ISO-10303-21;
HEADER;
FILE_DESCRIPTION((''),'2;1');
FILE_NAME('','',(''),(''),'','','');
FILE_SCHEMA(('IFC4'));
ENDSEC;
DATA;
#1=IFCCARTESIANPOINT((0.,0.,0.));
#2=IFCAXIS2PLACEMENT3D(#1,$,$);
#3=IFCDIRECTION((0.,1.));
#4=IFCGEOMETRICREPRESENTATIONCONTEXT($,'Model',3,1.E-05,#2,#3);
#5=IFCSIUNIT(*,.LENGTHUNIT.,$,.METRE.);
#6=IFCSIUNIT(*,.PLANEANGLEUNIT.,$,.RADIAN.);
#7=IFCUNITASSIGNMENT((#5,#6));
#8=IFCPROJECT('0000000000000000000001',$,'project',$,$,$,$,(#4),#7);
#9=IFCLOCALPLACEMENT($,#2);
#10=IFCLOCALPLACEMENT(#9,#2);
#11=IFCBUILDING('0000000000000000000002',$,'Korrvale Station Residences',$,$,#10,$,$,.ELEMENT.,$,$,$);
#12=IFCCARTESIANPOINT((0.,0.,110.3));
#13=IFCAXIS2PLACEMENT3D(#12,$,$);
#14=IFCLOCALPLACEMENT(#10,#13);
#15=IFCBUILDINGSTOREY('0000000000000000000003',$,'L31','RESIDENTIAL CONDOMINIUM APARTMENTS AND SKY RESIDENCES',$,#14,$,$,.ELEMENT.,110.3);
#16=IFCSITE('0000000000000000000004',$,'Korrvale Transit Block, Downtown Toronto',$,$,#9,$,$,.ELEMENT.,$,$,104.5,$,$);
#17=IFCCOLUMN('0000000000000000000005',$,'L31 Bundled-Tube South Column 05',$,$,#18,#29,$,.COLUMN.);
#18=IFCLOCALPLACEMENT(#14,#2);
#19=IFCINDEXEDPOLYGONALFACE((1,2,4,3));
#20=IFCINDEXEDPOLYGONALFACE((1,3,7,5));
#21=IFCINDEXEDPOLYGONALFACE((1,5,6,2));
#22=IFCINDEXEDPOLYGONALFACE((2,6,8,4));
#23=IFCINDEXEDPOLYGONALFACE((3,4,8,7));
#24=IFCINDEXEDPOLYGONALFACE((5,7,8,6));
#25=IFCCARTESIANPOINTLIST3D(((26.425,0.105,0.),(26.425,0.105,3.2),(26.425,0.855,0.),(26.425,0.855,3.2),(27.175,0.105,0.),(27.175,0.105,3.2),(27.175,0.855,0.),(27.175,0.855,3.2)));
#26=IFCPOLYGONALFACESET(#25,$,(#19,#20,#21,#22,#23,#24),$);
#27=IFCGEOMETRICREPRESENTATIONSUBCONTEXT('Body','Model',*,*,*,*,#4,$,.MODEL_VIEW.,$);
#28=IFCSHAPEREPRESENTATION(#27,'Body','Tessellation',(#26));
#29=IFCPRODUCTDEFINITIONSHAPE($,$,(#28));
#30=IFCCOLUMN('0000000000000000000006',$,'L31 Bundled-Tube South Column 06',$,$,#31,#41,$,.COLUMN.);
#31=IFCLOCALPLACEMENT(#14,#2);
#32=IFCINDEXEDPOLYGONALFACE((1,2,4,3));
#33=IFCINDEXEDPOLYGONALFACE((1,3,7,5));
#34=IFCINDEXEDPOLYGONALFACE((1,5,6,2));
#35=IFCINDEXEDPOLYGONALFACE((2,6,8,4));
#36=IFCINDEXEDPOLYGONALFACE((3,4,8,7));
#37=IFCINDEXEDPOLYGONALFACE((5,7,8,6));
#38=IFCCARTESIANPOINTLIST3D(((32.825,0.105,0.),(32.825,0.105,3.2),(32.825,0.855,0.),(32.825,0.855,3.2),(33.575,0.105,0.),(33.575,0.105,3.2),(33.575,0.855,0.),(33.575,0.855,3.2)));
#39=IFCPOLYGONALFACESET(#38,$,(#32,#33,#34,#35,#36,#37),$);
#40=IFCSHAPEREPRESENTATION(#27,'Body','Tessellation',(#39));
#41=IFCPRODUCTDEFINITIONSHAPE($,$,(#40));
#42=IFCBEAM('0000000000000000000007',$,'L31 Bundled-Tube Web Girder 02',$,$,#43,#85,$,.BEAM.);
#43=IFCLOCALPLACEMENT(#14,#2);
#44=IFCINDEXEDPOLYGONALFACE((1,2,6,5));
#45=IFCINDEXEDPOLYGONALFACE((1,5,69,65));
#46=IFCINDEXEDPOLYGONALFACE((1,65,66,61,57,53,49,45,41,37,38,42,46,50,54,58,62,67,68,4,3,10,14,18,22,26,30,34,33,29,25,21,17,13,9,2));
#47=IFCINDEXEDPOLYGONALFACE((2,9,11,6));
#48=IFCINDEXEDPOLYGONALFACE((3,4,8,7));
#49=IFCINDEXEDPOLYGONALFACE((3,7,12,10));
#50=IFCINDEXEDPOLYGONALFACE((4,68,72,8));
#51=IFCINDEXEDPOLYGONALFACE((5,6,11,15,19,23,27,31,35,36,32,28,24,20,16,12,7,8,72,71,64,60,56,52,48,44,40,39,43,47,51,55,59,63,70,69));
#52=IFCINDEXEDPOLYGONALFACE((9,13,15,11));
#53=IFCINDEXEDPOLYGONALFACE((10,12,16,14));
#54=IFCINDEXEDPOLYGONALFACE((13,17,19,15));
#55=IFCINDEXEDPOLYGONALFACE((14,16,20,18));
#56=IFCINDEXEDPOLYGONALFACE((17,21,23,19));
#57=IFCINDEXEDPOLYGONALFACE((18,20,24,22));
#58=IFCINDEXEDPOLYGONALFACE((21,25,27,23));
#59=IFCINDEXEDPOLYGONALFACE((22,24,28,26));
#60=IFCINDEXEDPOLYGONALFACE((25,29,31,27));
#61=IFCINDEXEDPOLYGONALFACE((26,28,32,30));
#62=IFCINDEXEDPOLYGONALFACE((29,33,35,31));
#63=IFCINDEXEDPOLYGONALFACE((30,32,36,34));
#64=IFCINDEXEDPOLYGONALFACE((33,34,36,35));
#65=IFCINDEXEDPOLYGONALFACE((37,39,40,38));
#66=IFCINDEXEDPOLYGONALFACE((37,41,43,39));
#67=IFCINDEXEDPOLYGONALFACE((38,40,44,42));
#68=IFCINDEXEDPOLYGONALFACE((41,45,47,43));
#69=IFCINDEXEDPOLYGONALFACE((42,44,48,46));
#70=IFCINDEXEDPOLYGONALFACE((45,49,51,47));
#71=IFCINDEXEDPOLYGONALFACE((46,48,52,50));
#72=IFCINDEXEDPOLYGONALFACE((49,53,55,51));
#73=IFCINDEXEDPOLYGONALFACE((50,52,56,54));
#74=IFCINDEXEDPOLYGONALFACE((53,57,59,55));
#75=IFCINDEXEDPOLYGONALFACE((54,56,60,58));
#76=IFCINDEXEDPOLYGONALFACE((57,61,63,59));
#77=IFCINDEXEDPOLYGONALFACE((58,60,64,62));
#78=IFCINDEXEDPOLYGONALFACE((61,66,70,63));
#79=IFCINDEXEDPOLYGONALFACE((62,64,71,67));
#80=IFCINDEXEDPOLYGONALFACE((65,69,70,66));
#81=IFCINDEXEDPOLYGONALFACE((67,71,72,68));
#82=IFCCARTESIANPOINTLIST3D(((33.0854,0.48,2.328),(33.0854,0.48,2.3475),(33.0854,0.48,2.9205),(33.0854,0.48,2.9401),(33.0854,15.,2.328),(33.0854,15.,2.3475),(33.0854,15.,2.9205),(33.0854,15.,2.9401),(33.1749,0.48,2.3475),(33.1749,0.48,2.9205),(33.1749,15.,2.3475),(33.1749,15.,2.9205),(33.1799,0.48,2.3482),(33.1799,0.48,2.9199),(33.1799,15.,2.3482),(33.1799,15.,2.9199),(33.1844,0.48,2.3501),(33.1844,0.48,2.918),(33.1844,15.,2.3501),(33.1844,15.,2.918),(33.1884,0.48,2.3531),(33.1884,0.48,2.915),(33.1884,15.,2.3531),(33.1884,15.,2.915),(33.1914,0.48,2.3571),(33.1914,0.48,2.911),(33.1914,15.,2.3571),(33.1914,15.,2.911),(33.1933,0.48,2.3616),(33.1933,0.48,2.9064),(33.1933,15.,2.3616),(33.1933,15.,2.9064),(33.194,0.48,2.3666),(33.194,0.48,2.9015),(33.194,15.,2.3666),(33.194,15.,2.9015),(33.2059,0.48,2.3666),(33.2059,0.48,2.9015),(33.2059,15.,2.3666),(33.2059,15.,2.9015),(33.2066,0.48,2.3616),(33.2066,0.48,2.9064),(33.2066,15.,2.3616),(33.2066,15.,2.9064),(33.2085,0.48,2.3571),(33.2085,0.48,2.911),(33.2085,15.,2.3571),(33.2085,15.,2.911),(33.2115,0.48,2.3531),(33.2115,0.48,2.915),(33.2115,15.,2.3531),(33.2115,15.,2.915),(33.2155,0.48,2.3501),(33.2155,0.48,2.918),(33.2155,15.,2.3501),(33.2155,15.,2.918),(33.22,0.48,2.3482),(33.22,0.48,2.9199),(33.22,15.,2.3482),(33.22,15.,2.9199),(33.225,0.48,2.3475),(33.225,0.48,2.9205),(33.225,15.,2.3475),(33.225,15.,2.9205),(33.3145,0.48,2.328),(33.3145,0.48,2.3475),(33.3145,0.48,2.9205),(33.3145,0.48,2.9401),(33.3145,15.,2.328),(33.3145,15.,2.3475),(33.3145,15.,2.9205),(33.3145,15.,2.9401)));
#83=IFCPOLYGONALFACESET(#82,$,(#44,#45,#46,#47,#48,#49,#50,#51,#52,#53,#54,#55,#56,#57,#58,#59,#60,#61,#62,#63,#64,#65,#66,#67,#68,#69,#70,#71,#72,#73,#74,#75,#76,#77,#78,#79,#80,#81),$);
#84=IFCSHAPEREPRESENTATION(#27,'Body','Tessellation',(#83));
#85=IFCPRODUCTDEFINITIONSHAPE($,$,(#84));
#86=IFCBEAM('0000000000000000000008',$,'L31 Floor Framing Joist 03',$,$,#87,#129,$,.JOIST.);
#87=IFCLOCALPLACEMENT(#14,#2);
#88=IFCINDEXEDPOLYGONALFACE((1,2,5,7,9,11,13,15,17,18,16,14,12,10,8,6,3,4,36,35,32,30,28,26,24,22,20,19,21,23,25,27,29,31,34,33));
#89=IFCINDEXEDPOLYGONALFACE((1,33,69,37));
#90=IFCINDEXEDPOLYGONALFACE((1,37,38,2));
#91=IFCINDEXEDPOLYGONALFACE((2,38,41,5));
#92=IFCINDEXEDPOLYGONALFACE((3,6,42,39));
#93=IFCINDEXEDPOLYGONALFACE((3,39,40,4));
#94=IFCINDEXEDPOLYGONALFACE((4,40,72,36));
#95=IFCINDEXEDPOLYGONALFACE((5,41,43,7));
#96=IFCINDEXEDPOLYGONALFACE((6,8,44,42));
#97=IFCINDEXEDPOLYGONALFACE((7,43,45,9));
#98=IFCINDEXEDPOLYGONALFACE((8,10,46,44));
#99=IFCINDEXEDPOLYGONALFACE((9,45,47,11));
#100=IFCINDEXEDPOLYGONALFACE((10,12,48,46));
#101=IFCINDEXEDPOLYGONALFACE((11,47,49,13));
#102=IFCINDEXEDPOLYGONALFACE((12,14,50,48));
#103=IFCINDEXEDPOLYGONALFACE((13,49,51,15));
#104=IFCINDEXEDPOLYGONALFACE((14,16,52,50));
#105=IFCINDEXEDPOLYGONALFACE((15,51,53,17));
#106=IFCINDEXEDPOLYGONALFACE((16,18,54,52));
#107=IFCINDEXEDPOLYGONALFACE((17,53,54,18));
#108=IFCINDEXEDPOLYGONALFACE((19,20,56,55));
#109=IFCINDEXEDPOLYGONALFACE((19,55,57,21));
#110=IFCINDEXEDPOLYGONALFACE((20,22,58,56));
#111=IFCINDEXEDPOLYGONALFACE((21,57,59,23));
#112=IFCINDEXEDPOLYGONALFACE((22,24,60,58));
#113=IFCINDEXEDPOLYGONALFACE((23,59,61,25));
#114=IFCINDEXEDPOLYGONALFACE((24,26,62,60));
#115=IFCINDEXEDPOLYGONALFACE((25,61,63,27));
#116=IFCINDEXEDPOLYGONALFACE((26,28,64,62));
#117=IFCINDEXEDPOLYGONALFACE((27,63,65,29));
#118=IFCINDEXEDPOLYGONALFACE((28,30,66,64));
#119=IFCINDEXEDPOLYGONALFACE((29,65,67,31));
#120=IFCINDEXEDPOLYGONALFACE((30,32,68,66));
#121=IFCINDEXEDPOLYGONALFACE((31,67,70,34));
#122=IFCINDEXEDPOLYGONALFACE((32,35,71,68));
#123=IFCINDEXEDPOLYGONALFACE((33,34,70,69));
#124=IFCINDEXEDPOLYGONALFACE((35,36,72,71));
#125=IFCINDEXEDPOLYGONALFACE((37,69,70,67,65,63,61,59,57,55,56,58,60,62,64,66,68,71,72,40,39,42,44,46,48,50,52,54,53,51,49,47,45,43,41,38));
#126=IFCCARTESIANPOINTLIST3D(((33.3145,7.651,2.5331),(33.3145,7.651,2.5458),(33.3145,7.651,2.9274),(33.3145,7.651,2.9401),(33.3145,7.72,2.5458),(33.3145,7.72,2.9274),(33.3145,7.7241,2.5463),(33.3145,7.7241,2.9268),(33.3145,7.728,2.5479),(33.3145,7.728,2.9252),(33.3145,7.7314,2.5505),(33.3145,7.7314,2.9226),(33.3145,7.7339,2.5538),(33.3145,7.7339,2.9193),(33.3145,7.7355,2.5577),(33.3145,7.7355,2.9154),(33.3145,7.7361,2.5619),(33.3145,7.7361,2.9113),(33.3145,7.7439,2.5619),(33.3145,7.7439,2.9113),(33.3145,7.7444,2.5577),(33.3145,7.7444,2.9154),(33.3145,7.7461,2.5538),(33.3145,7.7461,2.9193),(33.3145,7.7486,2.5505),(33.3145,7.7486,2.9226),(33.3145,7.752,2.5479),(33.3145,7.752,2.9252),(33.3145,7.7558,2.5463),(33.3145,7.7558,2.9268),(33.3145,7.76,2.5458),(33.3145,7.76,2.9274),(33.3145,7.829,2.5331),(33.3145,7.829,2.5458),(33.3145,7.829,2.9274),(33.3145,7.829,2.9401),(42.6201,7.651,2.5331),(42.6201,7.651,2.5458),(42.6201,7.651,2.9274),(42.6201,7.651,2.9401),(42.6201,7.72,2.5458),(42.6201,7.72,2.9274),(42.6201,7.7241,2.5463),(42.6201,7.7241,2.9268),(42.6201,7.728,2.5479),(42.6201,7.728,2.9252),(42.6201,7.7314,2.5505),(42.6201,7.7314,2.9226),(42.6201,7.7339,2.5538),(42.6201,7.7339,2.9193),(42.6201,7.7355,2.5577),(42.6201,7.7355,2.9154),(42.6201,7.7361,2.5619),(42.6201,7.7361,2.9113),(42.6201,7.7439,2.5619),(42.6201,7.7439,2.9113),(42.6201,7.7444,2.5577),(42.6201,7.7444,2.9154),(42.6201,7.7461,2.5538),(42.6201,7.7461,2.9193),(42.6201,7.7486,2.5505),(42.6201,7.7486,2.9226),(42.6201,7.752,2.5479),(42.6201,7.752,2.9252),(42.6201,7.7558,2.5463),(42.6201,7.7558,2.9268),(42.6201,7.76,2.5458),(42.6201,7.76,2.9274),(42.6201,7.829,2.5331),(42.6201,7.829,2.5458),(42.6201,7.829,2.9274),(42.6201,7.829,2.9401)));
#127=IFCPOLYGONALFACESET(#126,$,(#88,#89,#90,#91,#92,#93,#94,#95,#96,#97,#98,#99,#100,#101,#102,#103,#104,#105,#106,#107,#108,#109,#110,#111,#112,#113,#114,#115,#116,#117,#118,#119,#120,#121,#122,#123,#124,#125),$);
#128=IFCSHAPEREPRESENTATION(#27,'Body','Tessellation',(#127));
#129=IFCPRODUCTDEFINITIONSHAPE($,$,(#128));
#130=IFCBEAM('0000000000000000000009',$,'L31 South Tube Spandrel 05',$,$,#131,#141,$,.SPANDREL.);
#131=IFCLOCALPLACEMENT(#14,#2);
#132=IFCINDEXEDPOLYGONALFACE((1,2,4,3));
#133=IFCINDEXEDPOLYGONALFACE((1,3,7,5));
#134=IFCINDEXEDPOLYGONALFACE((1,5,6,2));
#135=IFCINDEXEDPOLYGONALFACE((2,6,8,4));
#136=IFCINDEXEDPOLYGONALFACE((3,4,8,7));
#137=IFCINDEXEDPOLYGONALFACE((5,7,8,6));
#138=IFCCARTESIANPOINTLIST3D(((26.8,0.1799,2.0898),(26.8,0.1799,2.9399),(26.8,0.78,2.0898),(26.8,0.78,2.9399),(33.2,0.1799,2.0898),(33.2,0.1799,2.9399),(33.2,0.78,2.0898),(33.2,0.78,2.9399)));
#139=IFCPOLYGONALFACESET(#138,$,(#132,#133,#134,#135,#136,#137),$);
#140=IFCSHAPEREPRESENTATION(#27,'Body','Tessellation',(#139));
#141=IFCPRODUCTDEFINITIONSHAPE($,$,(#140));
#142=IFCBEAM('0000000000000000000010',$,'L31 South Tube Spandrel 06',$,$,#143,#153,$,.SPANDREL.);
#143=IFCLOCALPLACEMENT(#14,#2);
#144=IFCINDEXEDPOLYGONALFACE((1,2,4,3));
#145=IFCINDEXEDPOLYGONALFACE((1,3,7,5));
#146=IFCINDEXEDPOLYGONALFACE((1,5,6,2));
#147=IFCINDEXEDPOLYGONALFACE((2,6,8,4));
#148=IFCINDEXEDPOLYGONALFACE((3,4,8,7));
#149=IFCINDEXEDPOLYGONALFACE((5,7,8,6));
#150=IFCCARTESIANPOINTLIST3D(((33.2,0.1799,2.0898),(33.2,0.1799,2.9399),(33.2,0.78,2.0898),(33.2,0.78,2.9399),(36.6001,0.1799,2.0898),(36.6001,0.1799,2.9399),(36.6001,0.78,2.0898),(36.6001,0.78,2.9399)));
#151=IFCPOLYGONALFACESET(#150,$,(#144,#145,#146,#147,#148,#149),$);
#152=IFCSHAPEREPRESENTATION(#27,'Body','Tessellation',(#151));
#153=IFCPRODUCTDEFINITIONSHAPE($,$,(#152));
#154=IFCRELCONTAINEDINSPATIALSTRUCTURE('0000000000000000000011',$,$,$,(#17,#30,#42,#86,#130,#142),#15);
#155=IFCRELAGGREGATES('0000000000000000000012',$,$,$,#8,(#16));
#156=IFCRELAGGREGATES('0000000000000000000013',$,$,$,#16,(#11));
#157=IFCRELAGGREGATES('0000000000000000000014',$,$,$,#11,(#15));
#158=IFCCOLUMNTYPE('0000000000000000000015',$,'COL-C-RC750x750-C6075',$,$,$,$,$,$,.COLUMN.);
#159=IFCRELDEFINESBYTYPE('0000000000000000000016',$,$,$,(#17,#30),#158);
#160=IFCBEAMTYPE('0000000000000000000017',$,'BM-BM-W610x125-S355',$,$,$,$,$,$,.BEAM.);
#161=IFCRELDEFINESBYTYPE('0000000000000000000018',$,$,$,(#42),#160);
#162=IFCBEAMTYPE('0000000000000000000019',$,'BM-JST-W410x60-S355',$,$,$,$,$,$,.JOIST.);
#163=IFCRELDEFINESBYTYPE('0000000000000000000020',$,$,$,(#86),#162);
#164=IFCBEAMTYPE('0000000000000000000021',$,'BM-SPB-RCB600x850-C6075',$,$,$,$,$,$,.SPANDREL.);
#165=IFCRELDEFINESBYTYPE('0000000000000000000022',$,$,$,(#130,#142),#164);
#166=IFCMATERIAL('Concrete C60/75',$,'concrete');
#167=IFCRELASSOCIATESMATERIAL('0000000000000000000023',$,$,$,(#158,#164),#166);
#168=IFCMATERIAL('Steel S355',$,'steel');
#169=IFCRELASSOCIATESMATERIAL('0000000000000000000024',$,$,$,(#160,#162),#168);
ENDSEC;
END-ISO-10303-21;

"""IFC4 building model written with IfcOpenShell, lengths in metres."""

from ifc_helpers import new_model, si_unit, direction, frame, origin, origin_2d, place, context, subcontext, project, spatial, rectangle, i_section, extrude, material, material_profile, profile_set, type_object, element, save


model = new_model("IFC4")

# Units and contexts
model_context = context("Model", 3, precision=1e-05, world=origin(), true_north=direction((0.0, 1.0)))
body_context = subcontext(model_context, "Body", "Model", "MODEL_VIEW")
ifc_project = project(units=[si_unit("LENGTHUNIT", "METRE"), si_unit("PLANEANGLEUNIT", "RADIAN")], contexts=[model_context])

# Site, building, storey
site_placement = place(None, origin())
site = spatial("IfcSite", under=ifc_project, at=site_placement, Name="Korrvale Transit Block, Downtown Toronto", CompositionType="ELEMENT", RefElevation=104.5)
building_placement = place(site_placement, origin())
building = spatial("IfcBuilding", under=site, at=building_placement, Name="Korrvale Station Residences", CompositionType="ELEMENT")
storey_placement = place(building_placement, frame((0.0, 0.0, 110.3)))
storey = spatial("IfcBuildingStorey", under=building, at=storey_placement, Name="L31", Description="RESIDENTIAL CONDOMINIUM APARTMENTS AND SKY RESIDENCES", CompositionType="ELEMENT", Elevation=110.3)

# Columns
ifc_material_1 = material(Name="Concrete C60/75", Category="concrete")
ifc_material_profile_1 = material_profile(ifc_material_1, rectangle(XDim=0.75, YDim=0.75, at=origin_2d()), Name="RC750x750")
ifc_profile_set_1 = profile_set([ifc_material_profile_1], Name="Concrete C60/75")
column_type = type_object("IfcColumnType", Name="COL-C-RC750x750-C6075", PredefinedType="COLUMN", material=ifc_profile_set_1)
for number, where, z_axis, x_axis, name in (
    (1, (26.8, 0.48, 0.0), (0.0, 0.0, 1.0), (1.0, 0.0, 0.0), "L31 Bundled-Tube South Column 05"),
    (2, (33.2, 0.48, 0.0), (0.0, 0.0, 1.0), (1.0, 0.0, 0.0), "L31 Bundled-Tube South Column 06"),
):
    element("IfcColumn", number, at=place(storey_placement, frame(where, z_axis=z_axis, x_axis=x_axis)), inside=storey, type_object=column_type, Name=name, PredefinedType="COLUMN", context=body_context, shape_type="SweptSolid", body=[
        extrude(rectangle(XDim=0.75, YDim=0.75, at=origin_2d()), origin(), (0.0, 0.0, 1.0), 3.2),
    ])

# Beams
ifc_material_2 = material(Name="Steel S355", Category="steel")
ifc_material_profile_2 = material_profile(ifc_material_2, i_section(OverallWidth=0.229, OverallDepth=0.6121, WebThickness=0.012, FlangeThickness=0.0195, FilletRadius=0.019, at=origin_2d()), Name="W610x125")
ifc_profile_set_2 = profile_set([ifc_material_profile_2], Name="Steel S355")
beam_type_1 = type_object("IfcBeamType", Name="BM-BM-W610x125-S355", PredefinedType="BEAM", material=ifc_profile_set_2)
beam_1_placement = place(storey_placement, frame((33.2, 0.48, 2.634), z_axis=(0.0, 1.0, 0.0), x_axis=(-1.0, 0.0, 0.0)))
element("IfcBeam", 3, at=beam_1_placement, inside=storey, type_object=beam_type_1, Name="L31 Bundled-Tube Web Girder 02", PredefinedType="BEAM", context=body_context, shape_type="SweptSolid", body=[
    extrude(i_section(OverallWidth=0.229, OverallDepth=0.6121, WebThickness=0.012, FlangeThickness=0.0195, FilletRadius=0.019, at=origin_2d()), origin(), (0.0, 0.0, 1.0), 14.52),
])
ifc_material_profile_3 = material_profile(ifc_material_2, i_section(OverallWidth=0.178, OverallDepth=0.407, WebThickness=0.0078, FlangeThickness=0.0127, FilletRadius=0.0161, at=origin_2d()), Name="W410x60")
ifc_profile_set_3 = profile_set([ifc_material_profile_3], Name="Steel S355")
beam_type_2 = type_object("IfcBeamType", Name="BM-JST-W410x60-S355", PredefinedType="JOIST", material=ifc_profile_set_3)
beam_2_placement = place(storey_placement, frame((33.3145, 7.74, 2.7366), z_axis=(1.0, 0.0, 0.0), x_axis=(0.0, 1.0, 0.0)))
element("IfcBeam", 4, at=beam_2_placement, inside=storey, type_object=beam_type_2, Name="L31 Floor Framing Joist 03", PredefinedType="JOIST", context=body_context, shape_type="SweptSolid", body=[
    extrude(i_section(OverallWidth=0.178, OverallDepth=0.407, WebThickness=0.0078, FlangeThickness=0.0127, FilletRadius=0.0161, at=origin_2d()), origin(), (0.0, 0.0, 1.0), 9.3057),
])
ifc_material_profile_4 = material_profile(ifc_material_1, rectangle(XDim=0.6001, YDim=0.8501, at=origin_2d()), Name="RCB600x850")
ifc_profile_set_4 = profile_set([ifc_material_profile_4], Name="Concrete C60/75")
beam_type_3 = type_object("IfcBeamType", Name="BM-SPB-RCB600x850-C6075", PredefinedType="SPANDREL", material=ifc_profile_set_4)
beam_3_placement = place(storey_placement, frame((26.8, 0.48, 2.5149), z_axis=(1.0, 0.0, 0.0), x_axis=(0.0, 1.0, 0.0)))
element("IfcBeam", 5, at=beam_3_placement, inside=storey, type_object=beam_type_3, Name="L31 South Tube Spandrel 05", PredefinedType="SPANDREL", context=body_context, shape_type="SweptSolid", body=[
    extrude(rectangle(XDim=0.6001, YDim=0.8501, at=origin_2d()), origin(), (0.0, 0.0, 1.0), 6.3999),
])
beam_4_placement = place(storey_placement, frame((33.2, 0.48, 2.5149), z_axis=(1.0, 0.0, 0.0), x_axis=(0.0, 1.0, 0.0)))
element("IfcBeam", 6, at=beam_4_placement, inside=storey, type_object=beam_type_3, Name="L31 South Tube Spandrel 06", PredefinedType="SPANDREL", context=body_context, shape_type="SweptSolid", body=[
    extrude(rectangle(XDim=0.6001, YDim=0.8501, at=origin_2d()), origin(), (0.0, 0.0, 1.0), 3.4001),
])

save(model, "model.ifc")
